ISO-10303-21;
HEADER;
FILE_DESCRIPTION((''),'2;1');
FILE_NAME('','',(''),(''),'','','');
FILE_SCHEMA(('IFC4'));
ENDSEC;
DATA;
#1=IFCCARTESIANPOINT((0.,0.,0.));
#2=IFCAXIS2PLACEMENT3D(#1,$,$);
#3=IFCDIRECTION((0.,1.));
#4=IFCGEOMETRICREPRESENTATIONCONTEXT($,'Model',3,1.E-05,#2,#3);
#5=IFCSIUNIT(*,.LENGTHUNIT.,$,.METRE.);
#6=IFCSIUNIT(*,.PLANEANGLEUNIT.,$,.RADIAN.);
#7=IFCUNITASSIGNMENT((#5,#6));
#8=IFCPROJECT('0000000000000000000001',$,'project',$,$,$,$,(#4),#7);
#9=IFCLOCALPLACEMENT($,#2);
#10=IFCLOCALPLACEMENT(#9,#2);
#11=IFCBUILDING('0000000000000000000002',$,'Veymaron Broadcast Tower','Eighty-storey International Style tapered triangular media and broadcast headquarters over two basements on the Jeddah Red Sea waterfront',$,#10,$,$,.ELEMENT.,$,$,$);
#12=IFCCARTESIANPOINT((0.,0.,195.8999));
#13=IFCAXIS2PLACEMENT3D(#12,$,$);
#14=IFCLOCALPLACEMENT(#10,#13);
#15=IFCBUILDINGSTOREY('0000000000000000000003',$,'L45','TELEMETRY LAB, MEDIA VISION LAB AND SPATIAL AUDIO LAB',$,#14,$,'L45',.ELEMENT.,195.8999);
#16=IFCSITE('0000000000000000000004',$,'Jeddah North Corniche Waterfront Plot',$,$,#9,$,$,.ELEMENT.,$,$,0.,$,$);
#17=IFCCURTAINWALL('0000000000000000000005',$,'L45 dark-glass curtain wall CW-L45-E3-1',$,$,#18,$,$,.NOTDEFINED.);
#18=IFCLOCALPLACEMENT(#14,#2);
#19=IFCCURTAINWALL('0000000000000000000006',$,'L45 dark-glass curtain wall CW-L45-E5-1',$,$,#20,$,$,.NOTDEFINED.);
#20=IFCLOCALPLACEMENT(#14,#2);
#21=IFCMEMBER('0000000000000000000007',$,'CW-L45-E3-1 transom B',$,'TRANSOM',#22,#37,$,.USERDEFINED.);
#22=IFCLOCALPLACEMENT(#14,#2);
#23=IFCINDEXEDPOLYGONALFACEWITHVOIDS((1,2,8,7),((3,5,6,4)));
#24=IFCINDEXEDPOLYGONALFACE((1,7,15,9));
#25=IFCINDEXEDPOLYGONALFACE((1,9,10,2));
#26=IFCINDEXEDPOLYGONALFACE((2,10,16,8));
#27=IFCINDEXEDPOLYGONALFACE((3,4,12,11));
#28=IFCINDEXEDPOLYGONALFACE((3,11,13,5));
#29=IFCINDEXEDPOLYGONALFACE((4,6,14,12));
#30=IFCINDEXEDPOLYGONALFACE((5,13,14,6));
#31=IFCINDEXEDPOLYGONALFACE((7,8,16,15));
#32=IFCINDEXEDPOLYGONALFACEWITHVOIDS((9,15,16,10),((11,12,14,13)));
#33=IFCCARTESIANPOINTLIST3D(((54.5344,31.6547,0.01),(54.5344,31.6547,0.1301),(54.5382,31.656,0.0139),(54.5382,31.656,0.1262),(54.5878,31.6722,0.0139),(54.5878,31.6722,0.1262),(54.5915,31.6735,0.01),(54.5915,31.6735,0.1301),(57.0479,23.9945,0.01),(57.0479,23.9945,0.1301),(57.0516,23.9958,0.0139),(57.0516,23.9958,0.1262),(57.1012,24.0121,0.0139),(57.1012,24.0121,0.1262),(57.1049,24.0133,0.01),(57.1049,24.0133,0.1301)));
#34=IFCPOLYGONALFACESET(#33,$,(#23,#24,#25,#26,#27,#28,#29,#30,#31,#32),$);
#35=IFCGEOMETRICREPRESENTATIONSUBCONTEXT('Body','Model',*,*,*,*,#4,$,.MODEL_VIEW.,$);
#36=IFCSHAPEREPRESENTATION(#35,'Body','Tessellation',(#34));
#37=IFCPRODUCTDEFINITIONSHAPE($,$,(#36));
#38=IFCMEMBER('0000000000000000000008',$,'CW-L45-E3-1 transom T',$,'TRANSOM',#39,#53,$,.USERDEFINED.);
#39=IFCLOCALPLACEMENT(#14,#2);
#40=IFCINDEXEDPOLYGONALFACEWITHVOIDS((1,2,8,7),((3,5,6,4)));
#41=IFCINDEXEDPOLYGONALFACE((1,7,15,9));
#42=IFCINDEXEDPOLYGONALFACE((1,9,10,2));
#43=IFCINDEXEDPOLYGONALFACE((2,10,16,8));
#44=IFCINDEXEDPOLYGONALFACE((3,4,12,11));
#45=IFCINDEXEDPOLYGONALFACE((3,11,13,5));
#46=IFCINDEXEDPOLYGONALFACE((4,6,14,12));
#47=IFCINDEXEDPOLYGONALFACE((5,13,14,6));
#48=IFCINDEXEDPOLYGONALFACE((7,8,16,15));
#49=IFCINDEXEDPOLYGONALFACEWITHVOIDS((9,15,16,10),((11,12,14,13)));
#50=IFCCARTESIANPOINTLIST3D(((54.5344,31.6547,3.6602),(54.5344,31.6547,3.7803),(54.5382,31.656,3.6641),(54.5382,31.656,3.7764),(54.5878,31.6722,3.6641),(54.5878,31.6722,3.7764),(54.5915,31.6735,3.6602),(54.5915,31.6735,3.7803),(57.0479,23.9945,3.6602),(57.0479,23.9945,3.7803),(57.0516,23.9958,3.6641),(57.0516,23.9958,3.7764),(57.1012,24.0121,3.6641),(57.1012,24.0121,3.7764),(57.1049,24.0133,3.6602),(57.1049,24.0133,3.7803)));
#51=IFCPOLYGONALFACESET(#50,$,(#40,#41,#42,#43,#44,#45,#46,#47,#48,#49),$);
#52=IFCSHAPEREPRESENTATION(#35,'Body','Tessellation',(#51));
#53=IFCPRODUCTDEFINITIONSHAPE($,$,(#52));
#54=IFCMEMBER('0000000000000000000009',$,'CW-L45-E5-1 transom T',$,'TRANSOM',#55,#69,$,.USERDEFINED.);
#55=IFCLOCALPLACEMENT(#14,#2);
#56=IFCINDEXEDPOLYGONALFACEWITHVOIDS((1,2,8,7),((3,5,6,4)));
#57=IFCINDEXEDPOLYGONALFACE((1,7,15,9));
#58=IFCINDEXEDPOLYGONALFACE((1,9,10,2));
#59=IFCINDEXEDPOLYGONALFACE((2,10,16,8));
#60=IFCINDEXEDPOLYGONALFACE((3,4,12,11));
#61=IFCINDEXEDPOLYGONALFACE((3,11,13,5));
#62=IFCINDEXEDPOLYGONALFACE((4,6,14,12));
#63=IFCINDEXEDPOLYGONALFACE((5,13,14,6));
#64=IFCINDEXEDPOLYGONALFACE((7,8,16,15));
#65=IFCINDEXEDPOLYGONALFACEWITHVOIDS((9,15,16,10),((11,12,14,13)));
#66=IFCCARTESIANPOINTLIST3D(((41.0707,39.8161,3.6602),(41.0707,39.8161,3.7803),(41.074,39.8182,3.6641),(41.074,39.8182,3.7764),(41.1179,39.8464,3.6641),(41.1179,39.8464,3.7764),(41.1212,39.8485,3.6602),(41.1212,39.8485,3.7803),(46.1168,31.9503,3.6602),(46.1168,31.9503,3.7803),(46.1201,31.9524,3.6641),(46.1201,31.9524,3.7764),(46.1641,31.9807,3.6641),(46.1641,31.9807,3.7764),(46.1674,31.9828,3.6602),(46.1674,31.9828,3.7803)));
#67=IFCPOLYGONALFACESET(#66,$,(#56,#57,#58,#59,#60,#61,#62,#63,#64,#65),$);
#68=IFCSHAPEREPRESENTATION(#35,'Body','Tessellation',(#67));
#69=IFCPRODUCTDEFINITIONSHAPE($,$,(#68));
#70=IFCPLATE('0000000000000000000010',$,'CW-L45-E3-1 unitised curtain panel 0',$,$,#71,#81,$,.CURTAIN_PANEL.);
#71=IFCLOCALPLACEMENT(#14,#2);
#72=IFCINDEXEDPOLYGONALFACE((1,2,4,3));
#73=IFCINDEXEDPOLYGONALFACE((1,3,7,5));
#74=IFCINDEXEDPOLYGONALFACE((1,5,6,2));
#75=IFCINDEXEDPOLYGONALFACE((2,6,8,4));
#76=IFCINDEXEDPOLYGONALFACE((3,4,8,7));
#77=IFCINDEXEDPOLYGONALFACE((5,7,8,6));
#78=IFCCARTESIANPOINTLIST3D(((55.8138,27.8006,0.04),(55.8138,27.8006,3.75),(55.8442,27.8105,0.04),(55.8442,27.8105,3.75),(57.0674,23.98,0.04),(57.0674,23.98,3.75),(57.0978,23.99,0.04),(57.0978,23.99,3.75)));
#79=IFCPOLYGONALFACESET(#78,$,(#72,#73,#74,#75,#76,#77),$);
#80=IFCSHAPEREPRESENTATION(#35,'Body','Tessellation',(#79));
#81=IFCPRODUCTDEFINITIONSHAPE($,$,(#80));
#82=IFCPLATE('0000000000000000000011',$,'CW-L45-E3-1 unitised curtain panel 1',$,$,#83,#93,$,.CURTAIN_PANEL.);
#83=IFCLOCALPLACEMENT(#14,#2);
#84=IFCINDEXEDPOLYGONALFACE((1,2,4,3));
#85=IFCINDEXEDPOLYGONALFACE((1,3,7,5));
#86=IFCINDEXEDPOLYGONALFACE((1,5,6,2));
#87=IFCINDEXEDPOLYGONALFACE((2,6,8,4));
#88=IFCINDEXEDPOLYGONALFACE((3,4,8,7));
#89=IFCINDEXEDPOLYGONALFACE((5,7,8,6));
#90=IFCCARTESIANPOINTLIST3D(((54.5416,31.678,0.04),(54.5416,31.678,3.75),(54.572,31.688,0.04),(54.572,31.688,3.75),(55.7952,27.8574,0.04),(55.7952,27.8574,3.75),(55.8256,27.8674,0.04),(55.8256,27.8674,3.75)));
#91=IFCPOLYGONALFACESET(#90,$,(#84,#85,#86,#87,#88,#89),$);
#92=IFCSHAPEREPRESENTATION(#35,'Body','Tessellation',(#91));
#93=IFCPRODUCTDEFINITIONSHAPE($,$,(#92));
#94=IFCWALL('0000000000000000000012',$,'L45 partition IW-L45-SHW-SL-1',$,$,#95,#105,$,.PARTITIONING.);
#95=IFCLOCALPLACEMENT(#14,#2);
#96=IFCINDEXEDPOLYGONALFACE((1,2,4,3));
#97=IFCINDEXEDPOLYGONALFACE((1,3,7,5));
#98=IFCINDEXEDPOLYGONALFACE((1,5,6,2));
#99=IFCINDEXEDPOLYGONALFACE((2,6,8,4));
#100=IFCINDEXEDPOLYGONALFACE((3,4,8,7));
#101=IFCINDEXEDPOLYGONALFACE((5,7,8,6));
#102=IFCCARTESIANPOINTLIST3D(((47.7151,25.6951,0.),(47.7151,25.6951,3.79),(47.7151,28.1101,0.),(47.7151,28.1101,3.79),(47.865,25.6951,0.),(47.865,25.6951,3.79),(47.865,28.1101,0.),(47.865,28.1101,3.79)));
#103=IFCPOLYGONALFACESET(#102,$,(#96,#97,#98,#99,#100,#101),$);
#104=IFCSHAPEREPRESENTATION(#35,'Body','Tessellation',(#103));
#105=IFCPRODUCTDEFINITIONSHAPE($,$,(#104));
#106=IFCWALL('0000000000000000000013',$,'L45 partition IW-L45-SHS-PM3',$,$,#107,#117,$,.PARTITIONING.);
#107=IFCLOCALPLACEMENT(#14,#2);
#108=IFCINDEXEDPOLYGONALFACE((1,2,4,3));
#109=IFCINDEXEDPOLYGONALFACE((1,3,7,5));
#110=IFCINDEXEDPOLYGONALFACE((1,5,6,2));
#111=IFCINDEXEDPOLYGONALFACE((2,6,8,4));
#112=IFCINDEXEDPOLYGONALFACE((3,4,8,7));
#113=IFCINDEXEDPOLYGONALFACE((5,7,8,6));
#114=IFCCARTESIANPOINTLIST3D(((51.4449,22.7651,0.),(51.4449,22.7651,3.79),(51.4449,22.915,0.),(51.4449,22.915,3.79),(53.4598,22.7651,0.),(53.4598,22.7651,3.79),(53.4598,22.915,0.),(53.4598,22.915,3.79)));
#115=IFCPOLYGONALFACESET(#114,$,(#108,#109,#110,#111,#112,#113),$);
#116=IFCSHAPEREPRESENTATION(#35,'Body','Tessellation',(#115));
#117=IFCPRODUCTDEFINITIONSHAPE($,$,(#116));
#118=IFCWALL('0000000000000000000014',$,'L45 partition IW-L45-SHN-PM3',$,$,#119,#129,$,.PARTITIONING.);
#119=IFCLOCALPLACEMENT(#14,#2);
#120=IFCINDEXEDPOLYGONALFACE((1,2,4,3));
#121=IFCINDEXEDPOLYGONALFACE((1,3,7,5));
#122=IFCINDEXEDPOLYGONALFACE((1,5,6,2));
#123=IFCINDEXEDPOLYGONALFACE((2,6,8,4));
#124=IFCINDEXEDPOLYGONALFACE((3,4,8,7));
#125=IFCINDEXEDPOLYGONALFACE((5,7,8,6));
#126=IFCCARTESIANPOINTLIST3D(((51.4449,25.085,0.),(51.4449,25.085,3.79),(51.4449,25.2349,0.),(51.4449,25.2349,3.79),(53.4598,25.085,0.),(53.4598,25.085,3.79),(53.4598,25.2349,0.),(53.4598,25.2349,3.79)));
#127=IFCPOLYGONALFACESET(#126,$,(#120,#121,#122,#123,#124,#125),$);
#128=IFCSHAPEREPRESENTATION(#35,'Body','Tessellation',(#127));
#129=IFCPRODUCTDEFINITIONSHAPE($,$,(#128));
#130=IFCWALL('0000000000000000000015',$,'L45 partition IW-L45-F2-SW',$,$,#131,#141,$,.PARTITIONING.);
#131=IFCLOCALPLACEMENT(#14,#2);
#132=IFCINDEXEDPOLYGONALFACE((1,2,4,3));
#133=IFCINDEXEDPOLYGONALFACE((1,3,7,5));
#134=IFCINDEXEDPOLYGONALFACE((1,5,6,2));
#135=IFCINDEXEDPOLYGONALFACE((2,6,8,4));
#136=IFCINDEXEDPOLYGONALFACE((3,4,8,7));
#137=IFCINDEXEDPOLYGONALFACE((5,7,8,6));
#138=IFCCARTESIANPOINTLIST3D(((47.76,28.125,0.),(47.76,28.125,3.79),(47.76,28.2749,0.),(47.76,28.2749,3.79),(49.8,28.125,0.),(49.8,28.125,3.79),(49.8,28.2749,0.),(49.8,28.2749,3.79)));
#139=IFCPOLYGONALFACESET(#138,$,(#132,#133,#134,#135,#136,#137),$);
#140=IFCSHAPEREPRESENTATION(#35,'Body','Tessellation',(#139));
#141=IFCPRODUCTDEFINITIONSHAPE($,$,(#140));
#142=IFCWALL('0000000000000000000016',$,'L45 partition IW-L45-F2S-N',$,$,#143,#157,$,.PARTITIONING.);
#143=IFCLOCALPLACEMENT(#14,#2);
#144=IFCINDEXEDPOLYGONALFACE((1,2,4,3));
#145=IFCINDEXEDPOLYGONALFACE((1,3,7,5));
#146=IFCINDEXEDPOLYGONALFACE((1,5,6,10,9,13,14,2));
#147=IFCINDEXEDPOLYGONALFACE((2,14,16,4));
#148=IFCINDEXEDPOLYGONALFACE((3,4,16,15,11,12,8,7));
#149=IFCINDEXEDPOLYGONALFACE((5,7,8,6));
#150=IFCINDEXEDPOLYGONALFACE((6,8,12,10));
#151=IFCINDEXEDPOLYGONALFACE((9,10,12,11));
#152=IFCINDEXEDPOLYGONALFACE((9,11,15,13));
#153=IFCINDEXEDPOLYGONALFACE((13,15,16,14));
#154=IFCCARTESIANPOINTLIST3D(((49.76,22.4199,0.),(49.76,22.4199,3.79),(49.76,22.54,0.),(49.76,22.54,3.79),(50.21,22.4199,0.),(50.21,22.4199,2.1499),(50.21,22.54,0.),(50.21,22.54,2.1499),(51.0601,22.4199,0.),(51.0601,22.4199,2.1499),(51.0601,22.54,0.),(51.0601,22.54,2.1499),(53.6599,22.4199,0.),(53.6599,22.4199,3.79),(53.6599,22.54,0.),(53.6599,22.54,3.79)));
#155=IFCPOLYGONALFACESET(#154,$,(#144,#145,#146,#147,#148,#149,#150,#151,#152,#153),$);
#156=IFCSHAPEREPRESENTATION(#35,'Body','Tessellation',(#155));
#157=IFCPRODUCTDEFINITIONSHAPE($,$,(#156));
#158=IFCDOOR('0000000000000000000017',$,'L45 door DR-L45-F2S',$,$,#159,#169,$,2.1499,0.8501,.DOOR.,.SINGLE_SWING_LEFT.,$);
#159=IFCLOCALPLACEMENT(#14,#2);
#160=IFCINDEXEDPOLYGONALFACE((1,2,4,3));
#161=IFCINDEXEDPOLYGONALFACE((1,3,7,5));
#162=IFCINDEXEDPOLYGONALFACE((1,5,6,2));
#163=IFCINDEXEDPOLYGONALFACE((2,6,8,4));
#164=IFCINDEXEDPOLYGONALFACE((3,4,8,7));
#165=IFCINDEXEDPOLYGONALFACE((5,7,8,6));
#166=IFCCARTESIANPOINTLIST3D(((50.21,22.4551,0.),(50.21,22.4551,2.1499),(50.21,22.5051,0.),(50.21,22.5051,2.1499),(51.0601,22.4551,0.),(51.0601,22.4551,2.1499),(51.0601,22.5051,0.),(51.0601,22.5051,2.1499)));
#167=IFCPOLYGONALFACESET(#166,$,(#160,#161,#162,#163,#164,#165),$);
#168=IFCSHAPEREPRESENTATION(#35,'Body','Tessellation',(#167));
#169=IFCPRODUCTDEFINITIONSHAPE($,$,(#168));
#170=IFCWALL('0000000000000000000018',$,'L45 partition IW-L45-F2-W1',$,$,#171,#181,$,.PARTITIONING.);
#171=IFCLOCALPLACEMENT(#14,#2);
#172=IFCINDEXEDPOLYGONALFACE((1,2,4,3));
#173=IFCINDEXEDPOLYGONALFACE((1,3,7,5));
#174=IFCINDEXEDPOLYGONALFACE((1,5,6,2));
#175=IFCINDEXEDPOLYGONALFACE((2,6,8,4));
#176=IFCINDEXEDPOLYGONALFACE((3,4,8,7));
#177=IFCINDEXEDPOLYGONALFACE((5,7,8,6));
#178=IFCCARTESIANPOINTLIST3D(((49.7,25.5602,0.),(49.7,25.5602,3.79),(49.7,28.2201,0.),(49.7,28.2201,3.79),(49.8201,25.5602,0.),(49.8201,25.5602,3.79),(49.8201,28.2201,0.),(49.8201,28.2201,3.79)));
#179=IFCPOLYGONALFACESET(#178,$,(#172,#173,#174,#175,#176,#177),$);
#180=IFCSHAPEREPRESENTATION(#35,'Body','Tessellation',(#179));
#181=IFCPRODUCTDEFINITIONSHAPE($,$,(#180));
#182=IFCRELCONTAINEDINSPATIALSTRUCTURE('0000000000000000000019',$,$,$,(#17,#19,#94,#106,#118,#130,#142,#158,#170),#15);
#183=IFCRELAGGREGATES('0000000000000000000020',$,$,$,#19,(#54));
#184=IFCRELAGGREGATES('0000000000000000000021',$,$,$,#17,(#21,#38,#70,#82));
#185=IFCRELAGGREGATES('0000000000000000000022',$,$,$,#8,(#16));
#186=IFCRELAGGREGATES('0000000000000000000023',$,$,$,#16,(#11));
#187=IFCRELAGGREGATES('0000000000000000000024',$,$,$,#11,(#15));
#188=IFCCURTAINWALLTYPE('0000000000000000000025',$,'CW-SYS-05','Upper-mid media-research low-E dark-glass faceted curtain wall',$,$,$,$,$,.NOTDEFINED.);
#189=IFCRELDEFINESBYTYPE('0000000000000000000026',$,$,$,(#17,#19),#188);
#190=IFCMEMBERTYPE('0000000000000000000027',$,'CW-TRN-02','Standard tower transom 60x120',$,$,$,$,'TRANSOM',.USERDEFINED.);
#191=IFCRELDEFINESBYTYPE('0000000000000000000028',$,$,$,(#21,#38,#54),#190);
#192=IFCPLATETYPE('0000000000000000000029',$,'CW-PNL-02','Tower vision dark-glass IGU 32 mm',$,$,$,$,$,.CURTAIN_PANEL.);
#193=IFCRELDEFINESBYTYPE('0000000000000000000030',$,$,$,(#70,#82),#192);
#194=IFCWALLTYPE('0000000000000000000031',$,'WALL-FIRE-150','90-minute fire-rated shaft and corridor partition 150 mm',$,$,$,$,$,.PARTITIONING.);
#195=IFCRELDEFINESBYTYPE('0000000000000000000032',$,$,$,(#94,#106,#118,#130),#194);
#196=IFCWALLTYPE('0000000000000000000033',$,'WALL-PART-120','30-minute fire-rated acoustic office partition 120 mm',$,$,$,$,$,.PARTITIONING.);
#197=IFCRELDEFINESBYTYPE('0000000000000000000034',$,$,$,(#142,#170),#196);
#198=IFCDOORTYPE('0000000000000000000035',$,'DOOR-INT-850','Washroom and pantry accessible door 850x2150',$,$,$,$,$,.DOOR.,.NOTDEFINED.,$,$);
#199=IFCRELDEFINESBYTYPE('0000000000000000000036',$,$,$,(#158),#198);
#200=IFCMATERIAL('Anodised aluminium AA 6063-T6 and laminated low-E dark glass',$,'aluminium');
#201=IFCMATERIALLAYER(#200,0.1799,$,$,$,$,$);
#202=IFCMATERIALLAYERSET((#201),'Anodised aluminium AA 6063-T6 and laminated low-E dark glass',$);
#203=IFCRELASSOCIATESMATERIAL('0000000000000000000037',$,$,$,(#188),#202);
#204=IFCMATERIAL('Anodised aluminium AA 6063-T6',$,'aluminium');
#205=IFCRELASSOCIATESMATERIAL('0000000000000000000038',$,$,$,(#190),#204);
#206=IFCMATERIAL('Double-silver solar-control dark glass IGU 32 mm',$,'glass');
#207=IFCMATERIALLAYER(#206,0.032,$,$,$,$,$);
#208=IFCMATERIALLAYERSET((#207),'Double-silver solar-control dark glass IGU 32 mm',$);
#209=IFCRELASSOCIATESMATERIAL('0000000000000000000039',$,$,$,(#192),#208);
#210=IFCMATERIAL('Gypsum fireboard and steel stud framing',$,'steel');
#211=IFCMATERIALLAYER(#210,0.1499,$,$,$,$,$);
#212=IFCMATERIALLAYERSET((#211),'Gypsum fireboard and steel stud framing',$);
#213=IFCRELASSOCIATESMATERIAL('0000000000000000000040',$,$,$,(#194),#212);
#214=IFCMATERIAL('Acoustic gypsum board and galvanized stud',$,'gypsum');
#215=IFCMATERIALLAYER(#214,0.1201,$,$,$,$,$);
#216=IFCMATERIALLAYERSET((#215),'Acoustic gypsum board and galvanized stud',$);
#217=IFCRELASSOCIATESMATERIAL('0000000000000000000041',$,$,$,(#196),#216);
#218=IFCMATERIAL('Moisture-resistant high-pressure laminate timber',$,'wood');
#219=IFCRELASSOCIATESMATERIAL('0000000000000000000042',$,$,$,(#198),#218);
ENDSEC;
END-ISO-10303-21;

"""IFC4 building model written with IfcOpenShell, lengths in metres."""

from ifc_helpers import new_model, si_unit, direction, frame, frame_2d, origin, origin_2d, place, context, subcontext, project, spatial, rectangle, hollow_rectangle, extrude, material, layer, layer_set, material_profile, profile_set, type_object, element, fill, aggregate, save


model = new_model("IFC4")

# Units and contexts
model_context = context("Model", 3, precision=1e-05, world=origin(), true_north=direction((0.0, 1.0)))
body_context = subcontext(model_context, "Body", "Model", "MODEL_VIEW")
ifc_project = project(units=[si_unit("LENGTHUNIT", "METRE"), si_unit("PLANEANGLEUNIT", "RADIAN")], contexts=[model_context])

# Site, building, storey
site_placement = place(None, origin())
site = spatial("IfcSite", under=ifc_project, at=site_placement, Name="Jeddah North Corniche Waterfront Plot", CompositionType="ELEMENT", RefElevation=0.0)
building_placement = place(site_placement, origin())
building = spatial("IfcBuilding", under=site, at=building_placement, Name="Veymaron Broadcast Tower", Description="Eighty-storey International Style tapered triangular media and broadcast headquarters over two basements on the Jeddah Red Sea waterfront", CompositionType="ELEMENT")
storey_placement = place(building_placement, frame((0.0, 0.0, 195.8999)))
storey = spatial("IfcBuildingStorey", under=building, at=storey_placement, Name="L45", Description="TELEMETRY LAB, MEDIA VISION LAB AND SPATIAL AUDIO LAB", LongName="L45", CompositionType="ELEMENT", Elevation=195.8999)

# Shared definitions
ifc_material_1 = material(Name="Anodised aluminium AA 6063-T6 and laminated low-E dark glass", Category="aluminium")
ifc_layer_1 = layer(ifc_material_1, 0.1799)
ifc_layer_set_1 = layer_set([ifc_layer_1], Name="Anodised aluminium AA 6063-T6 and laminated low-E dark glass")
curtain_wall_type = type_object("IfcCurtainWallType", Name="CW-SYS-05", Description="Upper-mid media-research low-E dark-glass faceted curtain wall", PredefinedType="NOTDEFINED", material=ifc_layer_set_1)
ifc_material_2 = material(Name="Anodised aluminium AA 6063-T6", Category="aluminium")

# Curtain wall
curtain_wall_1_placement = place(storey_placement, origin())
curtain_wall_1 = element("IfcCurtainWall", 1, at=curtain_wall_1_placement, inside=storey, type_object=curtain_wall_type, Name="L45 dark-glass curtain wall CW-L45-E3-1", PredefinedType="NOTDEFINED")

# Curtain wall
curtain_wall_2_placement = place(storey_placement, origin())
curtain_wall_2 = element("IfcCurtainWall", 2, at=curtain_wall_2_placement, inside=storey, type_object=curtain_wall_type, Name="L45 dark-glass curtain wall CW-L45-E5-1", PredefinedType="NOTDEFINED")

# Members
ifc_material_profile_1 = material_profile(ifc_material_2, hollow_rectangle(XDim=0.0601, YDim=0.1201, WallThickness=0.0039, at=origin_2d()), Name="AL120X60X4")
ifc_profile_set_1 = profile_set([ifc_material_profile_1], Name="Anodised aluminium AA 6063-T6")
member_type_1 = type_object("IfcMemberType", Name="CW-TRN-02", Description="Standard tower transom 60x120", ElementType="TRANSOM", PredefinedType="USERDEFINED", material=ifc_profile_set_1)
member_1_placement = place(storey_placement, frame((57.0764, 24.0039, 0.0701), z_axis=(-0.311764, 0.95016, 0.0), x_axis=(-0.95016, -0.311764, 0.0)))
member_1 = element("IfcMember", 3, at=member_1_placement, type_object=member_type_1, Name="CW-L45-E3-1 transom B", ObjectType="TRANSOM", PredefinedType="USERDEFINED", context=body_context, shape_type="SweptSolid", body=[
    extrude(hollow_rectangle(XDim=0.0601, YDim=0.1201, WallThickness=0.0039, at=origin_2d()), origin(), (0.0, 0.0, 1.0), 8.062),
])
member_2_placement = place(storey_placement, frame((57.0764, 24.0039, 3.7202), z_axis=(-0.311764, 0.95016, 0.0), x_axis=(-0.95016, -0.311764, 0.0)))
member_2 = element("IfcMember", 4, at=member_2_placement, type_object=member_type_1, Name="CW-L45-E3-1 transom T", ObjectType="TRANSOM", PredefinedType="USERDEFINED", context=body_context, shape_type="SweptSolid", body=[
    extrude(hollow_rectangle(XDim=0.0601, YDim=0.1201, WallThickness=0.0039, at=origin_2d()), origin(), (0.0, 0.0, 1.0), 8.062),
])
member_3_placement = place(storey_placement, frame((46.1421, 31.9666, 3.7202), z_axis=(-0.53997, 0.841684, 0.0), x_axis=(-0.841684, -0.53997, 0.0)))
member_3 = element("IfcMember", 5, at=member_3_placement, type_object=member_type_1, Name="CW-L45-E5-1 transom T", ObjectType="TRANSOM", PredefinedType="USERDEFINED", context=body_context, shape_type="SweptSolid", body=[
    extrude(hollow_rectangle(XDim=0.0601, YDim=0.1201, WallThickness=0.0039, at=origin_2d()), origin(), (0.0, 0.0, 1.0), 9.3452),
])
aggregate(curtain_wall_2, [member_3])

# Plates
ifc_material_3 = material(Name="Double-silver solar-control dark glass IGU 32 mm", Category="glass")
ifc_layer_2 = layer(ifc_material_3, 0.032)
ifc_layer_set_2 = layer_set([ifc_layer_2], Name="Double-silver solar-control dark glass IGU 32 mm")
plate_type = type_object("IfcPlateType", Name="CW-PNL-02", Description="Tower vision dark-glass IGU 32 mm", PredefinedType="CURTAIN_PANEL", material=ifc_layer_set_2)
plate_1_placement = place(storey_placement, frame((56.4558, 25.8953, 0.04), z_axis=(0.0, 0.0, 1.0), x_axis=(-0.311771, 0.950157, 0.0)))
plate_1 = element("IfcPlate", 6, at=plate_1_placement, type_object=plate_type, Name="CW-L45-E3-1 unitised curtain panel 0", PredefinedType="CURTAIN_PANEL", context=body_context, shape_type="SweptSolid", body=[
    extrude(rectangle(XDim=4.021, YDim=0.032, at=origin_2d()), origin(), (0.0, 0.0, 1.0), 3.71),
])
plate_2_placement = place(storey_placement, frame((55.1836, 29.7727, 0.04), z_axis=(0.0, 0.0, 1.0), x_axis=(-0.311771, 0.950157, 0.0)))
plate_2 = element("IfcPlate", 7, at=plate_2_placement, type_object=plate_type, Name="CW-L45-E3-1 unitised curtain panel 1", PredefinedType="CURTAIN_PANEL", context=body_context, shape_type="SweptSolid", body=[
    extrude(rectangle(XDim=4.021, YDim=0.032, at=origin_2d()), origin(), (0.0, 0.0, 1.0), 3.71),
])
aggregate(curtain_wall_1, [member_1, member_2, plate_1, plate_2])

# Shared definitions
ifc_material_4 = material(Name="Gypsum fireboard and steel stud framing", Category="steel")
ifc_layer_3 = layer(ifc_material_4, 0.1499)
ifc_layer_set_3 = layer_set([ifc_layer_3], Name="Gypsum fireboard and steel stud framing")
wall_type_1 = type_object("IfcWallType", Name="WALL-FIRE-150", Description="90-minute fire-rated shaft and corridor partition 150 mm", PredefinedType="PARTITIONING", material=ifc_layer_set_3)

# Wall
wall_1_placement = place(storey_placement, frame((47.79, 25.6951, 0.0), z_axis=(0.0, 0.0, 1.0), x_axis=(0.0, 1.0, 0.0)))
element("IfcWall", 8, at=wall_1_placement, inside=storey, type_object=wall_type_1, Name="L45 partition IW-L45-SHW-SL-1", PredefinedType="PARTITIONING", context=body_context, shape_type="SweptSolid", body=[
    extrude(rectangle(XDim=2.415, YDim=0.1499, at=frame_2d((1.2075, 0.0))), origin(), (0.0, 0.0, 1.0), 3.79),
])

# Walls
for number, where, z_axis, x_axis, name in (
    (9, (51.4451, 22.8401, 0.0), (0.0, 0.0, 1.0), (1.0, 0.0, 0.0), "L45 partition IW-L45-SHS-PM3"),
    (10, (51.4451, 25.1599, 0.0), (0.0, 0.0, 1.0), (1.0, 0.0, 0.0), "L45 partition IW-L45-SHN-PM3"),
):
    element("IfcWall", number, at=place(storey_placement, frame(where, z_axis=z_axis, x_axis=x_axis)), inside=storey, type_object=wall_type_1, Name=name, PredefinedType="PARTITIONING", context=body_context, shape_type="SweptSolid", body=[
        extrude(rectangle(XDim=2.0149, YDim=0.1499, at=frame_2d((1.0073, 0.0))), origin(), (0.0, 0.0, 1.0), 3.79),
    ])
wall_2_placement = place(storey_placement, frame((47.76, 28.2, 0.0), z_axis=(0.0, 0.0, 1.0), x_axis=(1.0, 0.0, 0.0)))
element("IfcWall", 11, at=wall_2_placement, inside=storey, type_object=wall_type_1, Name="L45 partition IW-L45-F2-SW", PredefinedType="PARTITIONING", context=body_context, shape_type="SweptSolid", body=[
    extrude(rectangle(XDim=2.04, YDim=0.1499, at=frame_2d((1.02, 0.0))), origin(), (0.0, 0.0, 1.0), 3.79),
])

# Wall, opening, door
ifc_material_5 = material(Name="Acoustic gypsum board and galvanized stud", Category="gypsum")
ifc_layer_4 = layer(ifc_material_5, 0.1201)
ifc_layer_set_4 = layer_set([ifc_layer_4], Name="Acoustic gypsum board and galvanized stud")
wall_type_2 = type_object("IfcWallType", Name="WALL-PART-120", Description="30-minute fire-rated acoustic office partition 120 mm", PredefinedType="PARTITIONING", material=ifc_layer_set_4)
wall_3_placement = place(storey_placement, frame((49.76, 22.48, 0.0), z_axis=(0.0, 0.0, 1.0), x_axis=(1.0, 0.0, 0.0)))
wall_3 = element("IfcWall", 12, at=wall_3_placement, inside=storey, type_object=wall_type_2, Name="L45 partition IW-L45-F2S-N", PredefinedType="PARTITIONING", context=body_context, shape_type="SweptSolid", body=[
    extrude(rectangle(XDim=3.8999, YDim=0.1201, at=frame_2d((1.95, 0.0))), origin(), (0.0, 0.0, 1.0), 3.79),
])
opening_1_placement = place(wall_3_placement, frame((0.45, 0.0, 0.0)))
opening_1 = element("IfcOpeningElement", 13, at=opening_1_placement, cuts=wall_3, PredefinedType="OPENING", context=body_context, shape_type="SweptSolid", body=[
    extrude(rectangle(XDim=0.8501, YDim=2.1499, at=frame_2d((0.425, 1.075))), frame((0.0, 0.0701, 0.0), z_axis=(0.0, -1.0, 0.0), x_axis=(1.0, 0.0, 0.0)), (0.0, 0.0, 1.0), 0.1401),
])
ifc_material_6 = material(Name="Moisture-resistant high-pressure laminate timber", Category="wood")
door_type_1 = type_object("IfcDoorType", Name="DOOR-INT-850", Description="Washroom and pantry accessible door 850x2150", OperationType="NOTDEFINED", PredefinedType="DOOR", material=ifc_material_6)
door_1_placement = place(opening_1_placement, frame((0.8501, 0.0, 0.0), z_axis=(0.0, 0.0, 1.0), x_axis=(-1.0, 0.0, 0.0)))
door_1 = element("IfcDoor", 14, at=door_1_placement, inside=storey, type_object=door_type_1, Name="L45 door DR-L45-F2S", OperationType="SINGLE_SWING_LEFT", OverallHeight=2.1499, OverallWidth=0.8501, PredefinedType="DOOR", context=body_context, shape_type="SweptSolid", body=[
    extrude(rectangle(XDim=0.8501, YDim=2.1499, at=frame_2d((0.425, 1.075))), frame((0.0, 0.0249, 0.0), z_axis=(0.0, -1.0, 0.0), x_axis=(1.0, 0.0, 0.0)), (0.0, 0.0, 1.0), 0.05),
])
fill(opening_1, door_1)

# Wall
wall_4_placement = place(storey_placement, frame((49.76, 25.5601, 0.0), z_axis=(0.0, 0.0, 1.0), x_axis=(0.0, 1.0, 0.0)))
element("IfcWall", 15, at=wall_4_placement, inside=storey, type_object=wall_type_2, Name="L45 partition IW-L45-F2-W1", PredefinedType="PARTITIONING", context=body_context, shape_type="SweptSolid", body=[
    extrude(rectangle(XDim=2.6599, YDim=0.1201, at=frame_2d((1.3301, 0.0))), origin(), (0.0, 0.0, 1.0), 3.79),
])

save(model, "model.ifc")
